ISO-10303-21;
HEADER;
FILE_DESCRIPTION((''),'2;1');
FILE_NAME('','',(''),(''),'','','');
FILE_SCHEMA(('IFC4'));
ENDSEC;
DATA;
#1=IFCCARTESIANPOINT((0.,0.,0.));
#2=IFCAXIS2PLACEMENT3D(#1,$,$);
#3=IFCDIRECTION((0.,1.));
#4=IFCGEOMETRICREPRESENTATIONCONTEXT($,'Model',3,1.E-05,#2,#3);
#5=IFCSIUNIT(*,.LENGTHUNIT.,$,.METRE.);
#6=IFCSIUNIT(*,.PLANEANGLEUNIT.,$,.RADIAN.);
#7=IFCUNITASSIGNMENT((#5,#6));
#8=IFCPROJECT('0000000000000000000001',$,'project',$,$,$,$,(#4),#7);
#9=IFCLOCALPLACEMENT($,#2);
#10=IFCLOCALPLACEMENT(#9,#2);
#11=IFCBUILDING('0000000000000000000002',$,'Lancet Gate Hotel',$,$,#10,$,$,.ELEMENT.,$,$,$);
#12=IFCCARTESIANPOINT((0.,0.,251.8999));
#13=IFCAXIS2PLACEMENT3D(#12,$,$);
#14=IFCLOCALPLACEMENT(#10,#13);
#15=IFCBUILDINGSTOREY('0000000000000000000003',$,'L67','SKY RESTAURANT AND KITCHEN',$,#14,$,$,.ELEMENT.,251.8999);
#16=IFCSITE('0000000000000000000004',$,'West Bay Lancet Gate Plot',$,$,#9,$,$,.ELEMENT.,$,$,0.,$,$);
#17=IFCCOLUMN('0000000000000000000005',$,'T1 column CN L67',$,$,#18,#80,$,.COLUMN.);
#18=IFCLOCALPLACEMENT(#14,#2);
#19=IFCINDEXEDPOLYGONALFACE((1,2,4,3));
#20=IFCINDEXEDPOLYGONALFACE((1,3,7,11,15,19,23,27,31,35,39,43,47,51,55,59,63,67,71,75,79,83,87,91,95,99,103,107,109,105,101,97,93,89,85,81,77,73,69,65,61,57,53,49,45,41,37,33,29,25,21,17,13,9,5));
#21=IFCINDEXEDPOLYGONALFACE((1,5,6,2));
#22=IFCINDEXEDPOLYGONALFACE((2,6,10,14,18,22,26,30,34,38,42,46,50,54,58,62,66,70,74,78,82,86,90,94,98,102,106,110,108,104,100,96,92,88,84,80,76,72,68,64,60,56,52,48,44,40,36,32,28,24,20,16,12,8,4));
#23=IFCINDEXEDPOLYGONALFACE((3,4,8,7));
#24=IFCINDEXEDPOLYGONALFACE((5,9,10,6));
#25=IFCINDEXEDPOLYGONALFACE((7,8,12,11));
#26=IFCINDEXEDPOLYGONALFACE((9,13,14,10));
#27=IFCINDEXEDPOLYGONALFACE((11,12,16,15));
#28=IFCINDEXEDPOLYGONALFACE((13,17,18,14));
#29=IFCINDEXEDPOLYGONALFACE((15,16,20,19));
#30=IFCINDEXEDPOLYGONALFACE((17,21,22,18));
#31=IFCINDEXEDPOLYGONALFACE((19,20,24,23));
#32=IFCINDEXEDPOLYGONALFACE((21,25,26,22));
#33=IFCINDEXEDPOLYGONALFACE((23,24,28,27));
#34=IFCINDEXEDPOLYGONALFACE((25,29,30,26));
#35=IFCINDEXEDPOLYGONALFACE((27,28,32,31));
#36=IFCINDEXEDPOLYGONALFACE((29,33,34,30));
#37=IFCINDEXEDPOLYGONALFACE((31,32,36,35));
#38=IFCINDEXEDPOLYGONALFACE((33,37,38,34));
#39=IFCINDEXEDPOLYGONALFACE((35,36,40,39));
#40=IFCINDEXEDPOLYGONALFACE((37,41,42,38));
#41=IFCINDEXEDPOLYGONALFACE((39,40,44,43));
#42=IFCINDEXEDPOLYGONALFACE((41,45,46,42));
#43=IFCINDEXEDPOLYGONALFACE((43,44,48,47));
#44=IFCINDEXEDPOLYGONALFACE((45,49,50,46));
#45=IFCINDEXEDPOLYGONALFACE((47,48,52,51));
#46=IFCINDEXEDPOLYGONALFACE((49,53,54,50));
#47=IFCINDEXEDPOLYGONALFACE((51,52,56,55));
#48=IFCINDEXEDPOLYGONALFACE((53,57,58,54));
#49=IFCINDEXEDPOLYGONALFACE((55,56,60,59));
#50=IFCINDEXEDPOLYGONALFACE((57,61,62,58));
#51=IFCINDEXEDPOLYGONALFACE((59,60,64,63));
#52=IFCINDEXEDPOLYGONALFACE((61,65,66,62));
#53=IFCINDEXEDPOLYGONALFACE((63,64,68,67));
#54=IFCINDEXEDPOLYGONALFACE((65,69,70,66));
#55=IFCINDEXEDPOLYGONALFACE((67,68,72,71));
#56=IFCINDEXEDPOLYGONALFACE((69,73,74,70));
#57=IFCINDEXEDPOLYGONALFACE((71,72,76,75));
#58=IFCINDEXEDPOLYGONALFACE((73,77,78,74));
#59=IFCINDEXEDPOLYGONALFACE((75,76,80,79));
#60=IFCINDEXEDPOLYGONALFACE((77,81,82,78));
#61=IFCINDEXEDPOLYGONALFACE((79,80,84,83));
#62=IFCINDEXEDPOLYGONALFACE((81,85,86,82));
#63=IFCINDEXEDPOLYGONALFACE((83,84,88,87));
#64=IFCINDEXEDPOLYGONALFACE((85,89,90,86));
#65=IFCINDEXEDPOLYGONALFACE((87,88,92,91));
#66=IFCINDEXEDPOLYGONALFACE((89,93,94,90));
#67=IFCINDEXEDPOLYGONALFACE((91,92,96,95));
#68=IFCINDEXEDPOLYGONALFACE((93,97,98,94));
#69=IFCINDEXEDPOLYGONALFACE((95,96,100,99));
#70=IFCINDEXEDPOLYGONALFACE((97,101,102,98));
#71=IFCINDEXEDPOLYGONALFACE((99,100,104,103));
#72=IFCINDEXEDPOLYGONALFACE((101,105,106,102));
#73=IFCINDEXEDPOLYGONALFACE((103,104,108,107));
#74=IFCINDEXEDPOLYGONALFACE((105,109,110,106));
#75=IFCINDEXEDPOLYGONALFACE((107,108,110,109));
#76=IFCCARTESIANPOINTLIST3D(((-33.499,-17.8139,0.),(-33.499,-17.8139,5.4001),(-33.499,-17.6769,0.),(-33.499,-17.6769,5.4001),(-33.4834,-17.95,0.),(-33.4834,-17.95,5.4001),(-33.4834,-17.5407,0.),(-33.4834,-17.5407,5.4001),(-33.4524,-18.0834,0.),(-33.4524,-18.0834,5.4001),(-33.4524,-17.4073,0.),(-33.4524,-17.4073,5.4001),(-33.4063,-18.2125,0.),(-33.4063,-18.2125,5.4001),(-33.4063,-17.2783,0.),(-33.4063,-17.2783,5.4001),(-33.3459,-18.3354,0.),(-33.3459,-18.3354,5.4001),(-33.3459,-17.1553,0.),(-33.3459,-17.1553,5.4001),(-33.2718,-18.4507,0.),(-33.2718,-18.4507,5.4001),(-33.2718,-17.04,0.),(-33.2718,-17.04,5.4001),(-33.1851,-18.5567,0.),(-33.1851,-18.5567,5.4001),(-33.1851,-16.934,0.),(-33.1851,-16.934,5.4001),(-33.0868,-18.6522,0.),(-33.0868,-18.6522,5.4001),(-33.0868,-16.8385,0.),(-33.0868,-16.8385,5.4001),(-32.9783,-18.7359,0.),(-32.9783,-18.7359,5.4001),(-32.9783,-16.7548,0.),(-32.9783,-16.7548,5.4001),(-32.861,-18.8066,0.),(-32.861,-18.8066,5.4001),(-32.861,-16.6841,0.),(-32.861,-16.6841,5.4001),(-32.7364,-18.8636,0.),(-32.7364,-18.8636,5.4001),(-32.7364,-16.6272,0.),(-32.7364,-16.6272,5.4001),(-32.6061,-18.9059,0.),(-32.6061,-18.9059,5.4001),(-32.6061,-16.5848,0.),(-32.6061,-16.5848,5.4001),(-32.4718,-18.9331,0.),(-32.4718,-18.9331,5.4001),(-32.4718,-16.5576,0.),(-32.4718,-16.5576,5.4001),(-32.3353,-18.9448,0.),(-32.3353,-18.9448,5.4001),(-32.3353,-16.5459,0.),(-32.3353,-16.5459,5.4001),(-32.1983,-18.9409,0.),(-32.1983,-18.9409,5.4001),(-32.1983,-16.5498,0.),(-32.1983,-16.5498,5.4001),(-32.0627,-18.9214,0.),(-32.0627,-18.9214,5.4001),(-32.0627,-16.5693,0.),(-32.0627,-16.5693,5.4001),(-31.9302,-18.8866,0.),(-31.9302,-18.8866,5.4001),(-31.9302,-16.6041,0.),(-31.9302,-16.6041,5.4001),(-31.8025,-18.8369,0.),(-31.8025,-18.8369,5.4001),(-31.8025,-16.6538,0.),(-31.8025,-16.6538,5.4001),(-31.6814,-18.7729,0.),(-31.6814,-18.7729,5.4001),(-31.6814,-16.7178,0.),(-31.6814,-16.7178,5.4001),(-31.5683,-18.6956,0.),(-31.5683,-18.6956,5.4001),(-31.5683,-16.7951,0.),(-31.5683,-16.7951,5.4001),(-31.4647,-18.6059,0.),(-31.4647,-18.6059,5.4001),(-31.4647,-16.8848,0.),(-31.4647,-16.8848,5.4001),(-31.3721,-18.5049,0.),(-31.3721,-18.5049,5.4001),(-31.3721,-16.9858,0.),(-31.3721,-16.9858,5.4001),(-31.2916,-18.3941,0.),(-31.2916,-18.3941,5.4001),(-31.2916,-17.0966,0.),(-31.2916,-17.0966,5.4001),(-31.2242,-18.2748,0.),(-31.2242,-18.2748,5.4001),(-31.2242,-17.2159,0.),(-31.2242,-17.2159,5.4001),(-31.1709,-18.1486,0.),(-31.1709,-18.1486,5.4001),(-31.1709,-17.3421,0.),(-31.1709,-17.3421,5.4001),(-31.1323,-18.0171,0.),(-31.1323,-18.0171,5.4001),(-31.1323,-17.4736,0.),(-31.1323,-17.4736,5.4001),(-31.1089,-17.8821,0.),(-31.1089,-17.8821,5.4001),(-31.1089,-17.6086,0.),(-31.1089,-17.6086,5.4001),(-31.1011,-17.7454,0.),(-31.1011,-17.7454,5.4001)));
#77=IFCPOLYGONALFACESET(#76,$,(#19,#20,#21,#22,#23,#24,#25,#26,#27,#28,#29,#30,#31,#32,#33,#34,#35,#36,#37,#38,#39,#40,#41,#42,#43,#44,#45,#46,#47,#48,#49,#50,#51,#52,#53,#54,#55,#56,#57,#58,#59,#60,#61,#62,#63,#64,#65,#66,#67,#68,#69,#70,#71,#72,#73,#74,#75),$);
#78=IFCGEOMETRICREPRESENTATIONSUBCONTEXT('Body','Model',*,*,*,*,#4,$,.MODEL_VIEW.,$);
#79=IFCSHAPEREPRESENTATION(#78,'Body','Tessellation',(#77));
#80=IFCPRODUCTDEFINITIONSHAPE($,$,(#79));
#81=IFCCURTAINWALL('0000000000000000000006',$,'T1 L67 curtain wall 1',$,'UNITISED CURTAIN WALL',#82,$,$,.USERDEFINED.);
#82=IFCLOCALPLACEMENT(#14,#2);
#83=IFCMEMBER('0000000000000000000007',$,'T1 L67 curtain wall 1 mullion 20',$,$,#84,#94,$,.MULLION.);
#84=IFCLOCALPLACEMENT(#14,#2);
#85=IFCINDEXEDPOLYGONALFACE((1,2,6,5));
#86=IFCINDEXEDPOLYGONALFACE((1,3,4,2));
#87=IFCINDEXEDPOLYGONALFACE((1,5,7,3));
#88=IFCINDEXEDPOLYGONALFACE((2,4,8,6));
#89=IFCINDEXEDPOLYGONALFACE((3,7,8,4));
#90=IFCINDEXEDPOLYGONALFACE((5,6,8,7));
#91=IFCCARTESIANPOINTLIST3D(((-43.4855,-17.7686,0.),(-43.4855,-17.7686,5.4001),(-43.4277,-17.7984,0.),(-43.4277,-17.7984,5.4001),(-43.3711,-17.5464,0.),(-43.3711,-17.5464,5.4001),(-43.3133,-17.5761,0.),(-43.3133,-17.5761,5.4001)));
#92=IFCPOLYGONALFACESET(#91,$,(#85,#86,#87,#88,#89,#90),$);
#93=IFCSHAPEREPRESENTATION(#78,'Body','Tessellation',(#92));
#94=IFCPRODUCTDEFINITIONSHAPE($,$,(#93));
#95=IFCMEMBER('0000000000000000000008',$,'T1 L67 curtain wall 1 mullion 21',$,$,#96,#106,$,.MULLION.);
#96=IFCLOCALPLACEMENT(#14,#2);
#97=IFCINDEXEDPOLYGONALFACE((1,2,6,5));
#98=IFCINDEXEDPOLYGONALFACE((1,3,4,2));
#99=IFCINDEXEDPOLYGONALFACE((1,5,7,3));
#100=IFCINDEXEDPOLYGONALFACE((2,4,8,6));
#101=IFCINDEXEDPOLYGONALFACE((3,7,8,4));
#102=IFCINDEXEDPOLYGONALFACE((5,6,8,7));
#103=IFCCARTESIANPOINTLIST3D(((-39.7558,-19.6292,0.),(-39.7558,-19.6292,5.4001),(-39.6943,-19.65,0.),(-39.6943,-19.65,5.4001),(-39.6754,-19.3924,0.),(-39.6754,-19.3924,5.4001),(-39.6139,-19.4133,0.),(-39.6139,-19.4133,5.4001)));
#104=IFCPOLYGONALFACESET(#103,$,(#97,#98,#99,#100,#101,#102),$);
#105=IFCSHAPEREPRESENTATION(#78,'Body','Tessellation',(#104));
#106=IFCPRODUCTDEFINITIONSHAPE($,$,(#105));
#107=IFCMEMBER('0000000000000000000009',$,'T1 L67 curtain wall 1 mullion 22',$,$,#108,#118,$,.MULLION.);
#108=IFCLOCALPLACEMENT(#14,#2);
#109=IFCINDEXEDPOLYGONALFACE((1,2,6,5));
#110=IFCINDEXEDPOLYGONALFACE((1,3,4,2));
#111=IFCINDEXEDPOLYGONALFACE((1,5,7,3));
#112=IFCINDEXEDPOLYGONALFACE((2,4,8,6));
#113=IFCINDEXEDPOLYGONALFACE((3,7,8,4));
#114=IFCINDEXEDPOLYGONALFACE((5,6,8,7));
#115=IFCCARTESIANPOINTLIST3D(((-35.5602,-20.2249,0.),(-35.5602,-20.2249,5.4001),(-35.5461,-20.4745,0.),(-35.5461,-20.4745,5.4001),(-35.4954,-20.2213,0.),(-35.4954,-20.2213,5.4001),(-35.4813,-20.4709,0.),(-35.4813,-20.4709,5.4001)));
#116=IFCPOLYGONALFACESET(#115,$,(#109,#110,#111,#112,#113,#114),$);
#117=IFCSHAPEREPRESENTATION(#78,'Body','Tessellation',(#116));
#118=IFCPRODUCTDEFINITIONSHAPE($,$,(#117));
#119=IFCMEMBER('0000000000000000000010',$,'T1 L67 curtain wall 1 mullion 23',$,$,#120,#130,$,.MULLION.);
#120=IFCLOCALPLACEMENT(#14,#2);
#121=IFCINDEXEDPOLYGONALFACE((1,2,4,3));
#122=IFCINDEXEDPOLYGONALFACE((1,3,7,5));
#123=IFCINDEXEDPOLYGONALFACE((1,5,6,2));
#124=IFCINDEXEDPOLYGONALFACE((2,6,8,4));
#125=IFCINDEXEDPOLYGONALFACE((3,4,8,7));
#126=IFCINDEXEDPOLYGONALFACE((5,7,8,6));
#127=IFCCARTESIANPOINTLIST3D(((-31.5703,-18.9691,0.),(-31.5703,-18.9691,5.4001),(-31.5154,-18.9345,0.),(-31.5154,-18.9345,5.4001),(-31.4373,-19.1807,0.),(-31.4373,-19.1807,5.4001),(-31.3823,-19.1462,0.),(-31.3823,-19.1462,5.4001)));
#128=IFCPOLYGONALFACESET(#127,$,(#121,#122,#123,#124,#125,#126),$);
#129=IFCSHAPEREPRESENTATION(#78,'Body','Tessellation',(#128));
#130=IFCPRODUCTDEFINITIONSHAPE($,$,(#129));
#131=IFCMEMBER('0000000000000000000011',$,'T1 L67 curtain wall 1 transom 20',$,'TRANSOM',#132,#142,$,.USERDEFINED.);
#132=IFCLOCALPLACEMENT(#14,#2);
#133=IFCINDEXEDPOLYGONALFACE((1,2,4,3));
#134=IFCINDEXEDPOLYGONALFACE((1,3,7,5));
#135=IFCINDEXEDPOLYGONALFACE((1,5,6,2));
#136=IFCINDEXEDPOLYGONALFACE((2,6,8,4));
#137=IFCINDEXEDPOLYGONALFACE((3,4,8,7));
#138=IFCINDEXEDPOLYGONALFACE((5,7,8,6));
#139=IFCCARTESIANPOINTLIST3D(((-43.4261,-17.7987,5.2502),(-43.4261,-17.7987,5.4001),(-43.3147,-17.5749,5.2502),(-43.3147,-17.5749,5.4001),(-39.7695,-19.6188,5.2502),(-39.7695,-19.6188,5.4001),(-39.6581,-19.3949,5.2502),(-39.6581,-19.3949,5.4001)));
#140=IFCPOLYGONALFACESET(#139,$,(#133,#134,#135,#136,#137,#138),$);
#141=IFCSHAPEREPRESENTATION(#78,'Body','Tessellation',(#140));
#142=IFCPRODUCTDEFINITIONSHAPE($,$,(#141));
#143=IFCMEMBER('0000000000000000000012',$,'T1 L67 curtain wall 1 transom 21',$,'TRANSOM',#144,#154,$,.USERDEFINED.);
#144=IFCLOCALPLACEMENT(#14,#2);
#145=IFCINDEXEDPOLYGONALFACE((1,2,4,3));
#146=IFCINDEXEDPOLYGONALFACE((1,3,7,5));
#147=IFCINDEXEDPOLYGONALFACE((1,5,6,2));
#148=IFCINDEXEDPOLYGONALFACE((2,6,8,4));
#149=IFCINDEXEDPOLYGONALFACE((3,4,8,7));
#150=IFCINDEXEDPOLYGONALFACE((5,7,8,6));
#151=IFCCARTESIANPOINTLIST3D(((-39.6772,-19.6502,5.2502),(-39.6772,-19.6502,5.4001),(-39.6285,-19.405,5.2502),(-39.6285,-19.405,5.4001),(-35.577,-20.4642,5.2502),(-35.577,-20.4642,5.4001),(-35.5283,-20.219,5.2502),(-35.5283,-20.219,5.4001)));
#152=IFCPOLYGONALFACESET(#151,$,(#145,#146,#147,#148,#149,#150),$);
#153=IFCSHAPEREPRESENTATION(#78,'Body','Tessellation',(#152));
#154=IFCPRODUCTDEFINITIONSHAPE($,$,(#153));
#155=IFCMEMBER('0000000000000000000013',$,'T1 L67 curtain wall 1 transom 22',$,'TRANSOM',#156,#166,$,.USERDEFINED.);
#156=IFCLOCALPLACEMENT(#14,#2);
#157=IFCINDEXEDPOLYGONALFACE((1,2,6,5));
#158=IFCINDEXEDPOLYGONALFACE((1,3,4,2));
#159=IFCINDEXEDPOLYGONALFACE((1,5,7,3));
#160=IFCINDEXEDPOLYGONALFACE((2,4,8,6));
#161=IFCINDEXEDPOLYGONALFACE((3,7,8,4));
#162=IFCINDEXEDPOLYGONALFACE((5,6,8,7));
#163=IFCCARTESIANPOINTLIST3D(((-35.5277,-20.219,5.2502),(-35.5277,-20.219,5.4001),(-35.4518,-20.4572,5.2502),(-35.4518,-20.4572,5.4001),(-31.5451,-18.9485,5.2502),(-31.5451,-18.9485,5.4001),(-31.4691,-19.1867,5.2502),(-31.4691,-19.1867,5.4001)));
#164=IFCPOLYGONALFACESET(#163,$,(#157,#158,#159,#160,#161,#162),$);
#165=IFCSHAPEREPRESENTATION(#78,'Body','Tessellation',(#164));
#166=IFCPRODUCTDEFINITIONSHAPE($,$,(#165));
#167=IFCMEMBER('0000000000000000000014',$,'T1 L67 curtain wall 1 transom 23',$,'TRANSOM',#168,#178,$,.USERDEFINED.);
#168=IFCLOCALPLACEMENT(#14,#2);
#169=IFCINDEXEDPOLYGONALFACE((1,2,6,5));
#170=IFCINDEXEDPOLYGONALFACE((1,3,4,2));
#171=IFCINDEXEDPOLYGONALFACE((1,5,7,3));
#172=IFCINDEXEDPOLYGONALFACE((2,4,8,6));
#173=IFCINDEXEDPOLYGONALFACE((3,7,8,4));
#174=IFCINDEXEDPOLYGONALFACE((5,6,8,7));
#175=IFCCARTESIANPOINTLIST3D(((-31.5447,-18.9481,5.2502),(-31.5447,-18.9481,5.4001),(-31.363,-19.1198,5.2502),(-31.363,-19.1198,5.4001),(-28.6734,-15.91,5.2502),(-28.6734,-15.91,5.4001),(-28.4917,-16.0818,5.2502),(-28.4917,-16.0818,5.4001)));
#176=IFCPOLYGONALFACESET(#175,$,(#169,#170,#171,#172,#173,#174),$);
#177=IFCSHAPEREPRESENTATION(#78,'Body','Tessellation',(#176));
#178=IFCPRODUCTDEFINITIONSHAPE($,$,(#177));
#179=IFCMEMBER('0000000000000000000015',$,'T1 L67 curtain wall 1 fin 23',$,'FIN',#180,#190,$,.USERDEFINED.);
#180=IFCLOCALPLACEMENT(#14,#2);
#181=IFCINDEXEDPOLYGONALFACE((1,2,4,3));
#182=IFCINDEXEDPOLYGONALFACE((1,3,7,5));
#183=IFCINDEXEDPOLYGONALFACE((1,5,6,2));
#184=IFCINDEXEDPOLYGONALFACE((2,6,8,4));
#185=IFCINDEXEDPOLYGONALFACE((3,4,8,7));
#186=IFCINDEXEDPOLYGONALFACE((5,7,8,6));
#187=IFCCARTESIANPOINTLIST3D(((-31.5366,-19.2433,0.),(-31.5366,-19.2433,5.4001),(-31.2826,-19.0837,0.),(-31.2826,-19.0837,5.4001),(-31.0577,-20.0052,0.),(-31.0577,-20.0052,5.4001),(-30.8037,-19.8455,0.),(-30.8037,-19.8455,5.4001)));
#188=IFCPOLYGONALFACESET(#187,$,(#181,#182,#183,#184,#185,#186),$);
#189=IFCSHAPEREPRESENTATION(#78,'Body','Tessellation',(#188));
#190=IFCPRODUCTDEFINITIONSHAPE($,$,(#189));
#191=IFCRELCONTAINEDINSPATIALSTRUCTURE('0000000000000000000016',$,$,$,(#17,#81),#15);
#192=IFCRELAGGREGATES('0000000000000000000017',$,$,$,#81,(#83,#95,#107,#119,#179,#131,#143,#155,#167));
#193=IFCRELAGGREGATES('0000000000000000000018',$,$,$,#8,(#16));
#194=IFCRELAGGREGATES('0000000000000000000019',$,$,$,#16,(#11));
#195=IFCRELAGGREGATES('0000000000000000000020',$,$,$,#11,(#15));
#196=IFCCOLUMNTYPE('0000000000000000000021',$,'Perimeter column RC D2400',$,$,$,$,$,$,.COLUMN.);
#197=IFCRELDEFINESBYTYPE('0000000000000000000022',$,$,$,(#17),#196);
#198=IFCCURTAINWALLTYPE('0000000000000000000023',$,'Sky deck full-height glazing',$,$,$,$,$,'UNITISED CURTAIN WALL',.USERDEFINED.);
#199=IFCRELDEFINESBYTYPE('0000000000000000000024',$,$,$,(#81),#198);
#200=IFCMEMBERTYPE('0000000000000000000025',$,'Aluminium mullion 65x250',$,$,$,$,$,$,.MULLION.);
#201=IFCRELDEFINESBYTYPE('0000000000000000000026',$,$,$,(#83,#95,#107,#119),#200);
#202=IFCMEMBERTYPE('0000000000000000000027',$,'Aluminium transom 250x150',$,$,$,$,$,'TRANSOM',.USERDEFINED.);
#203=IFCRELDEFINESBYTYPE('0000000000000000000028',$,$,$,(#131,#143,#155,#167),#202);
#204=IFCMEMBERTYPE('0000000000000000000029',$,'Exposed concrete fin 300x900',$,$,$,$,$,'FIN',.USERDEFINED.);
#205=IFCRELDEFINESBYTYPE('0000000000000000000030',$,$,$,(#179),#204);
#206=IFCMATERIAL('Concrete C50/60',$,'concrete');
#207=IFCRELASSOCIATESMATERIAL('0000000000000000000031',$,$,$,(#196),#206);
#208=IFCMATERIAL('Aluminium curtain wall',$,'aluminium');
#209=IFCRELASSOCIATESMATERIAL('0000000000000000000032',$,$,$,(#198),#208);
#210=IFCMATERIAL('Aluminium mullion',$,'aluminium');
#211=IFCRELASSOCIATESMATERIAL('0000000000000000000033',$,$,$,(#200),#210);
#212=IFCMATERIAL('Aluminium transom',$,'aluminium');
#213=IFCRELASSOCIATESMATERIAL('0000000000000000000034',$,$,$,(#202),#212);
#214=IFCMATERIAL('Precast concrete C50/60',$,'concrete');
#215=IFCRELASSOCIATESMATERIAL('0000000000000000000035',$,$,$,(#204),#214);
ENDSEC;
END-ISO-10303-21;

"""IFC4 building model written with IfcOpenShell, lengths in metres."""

from ifc_helpers import new_model, si_unit, direction, frame, origin, origin_2d, place, context, subcontext, project, spatial, rectangle, circle, extrude, material, material_profile, profile_set, type_object, element, aggregate, save


model = new_model("IFC4")

# Units and contexts
model_context = context("Model", 3, precision=1e-05, world=origin(), true_north=direction((0.0, 1.0)))
body_context = subcontext(model_context, "Body", "Model", "MODEL_VIEW")
ifc_project = project(units=[si_unit("LENGTHUNIT", "METRE"), si_unit("PLANEANGLEUNIT", "RADIAN")], contexts=[model_context])

# Site, building, storey
site_placement = place(None, origin())
site = spatial("IfcSite", under=ifc_project, at=site_placement, Name="West Bay Lancet Gate Plot", CompositionType="ELEMENT", RefElevation=0.0)
building_placement = place(site_placement, origin())
building = spatial("IfcBuilding", under=site, at=building_placement, Name="Lancet Gate Hotel", CompositionType="ELEMENT")
storey_placement = place(building_placement, frame((0.0, 0.0, 251.8999)))
storey = spatial("IfcBuildingStorey", under=building, at=storey_placement, Name="L67", Description="SKY RESTAURANT AND KITCHEN", CompositionType="ELEMENT", Elevation=251.8999)

# Column
ifc_material_1 = material(Name="Concrete C50/60", Category="concrete")
ifc_material_profile_1 = material_profile(ifc_material_1, circle(Radius=1.2, at=origin_2d()), Name="RC D2400")
ifc_profile_set_1 = profile_set([ifc_material_profile_1], Name="Concrete C50/60")
column_type = type_object("IfcColumnType", Name="Perimeter column RC D2400", PredefinedType="COLUMN", material=ifc_profile_set_1)
column_placement = place(storey_placement, frame((-32.301, -17.7454, 0.0), z_axis=(0.0, 0.0, 1.0), x_axis=(1.0, 0.0, 0.0)))
element("IfcColumn", 1, at=column_placement, inside=storey, type_object=column_type, Name="T1 column CN L67", PredefinedType="COLUMN", context=body_context, shape_type="SweptSolid", body=[
    extrude(circle(Radius=1.2, at=origin_2d()), origin(), (0.0, 0.0, 1.0), 5.4001),
])

# Curtain wall, members
ifc_material_2 = material(Name="Aluminium curtain wall", Category="aluminium")
curtain_wall_type = type_object("IfcCurtainWallType", Name="Sky deck full-height glazing", ElementType="UNITISED CURTAIN WALL", PredefinedType="USERDEFINED", material=ifc_material_2)
curtain_wall_placement = place(storey_placement, origin())
curtain_wall = element("IfcCurtainWall", 2, at=curtain_wall_placement, inside=storey, type_object=curtain_wall_type, Name="T1 L67 curtain wall 1", ObjectType="UNITISED CURTAIN WALL", PredefinedType="USERDEFINED")
ifc_material_3 = material(Name="Aluminium mullion", Category="aluminium")
ifc_material_profile_2 = material_profile(ifc_material_3, rectangle(XDim=0.0649, YDim=0.25, at=origin_2d()), Name="MULLION 65x250")
ifc_profile_set_2 = profile_set([ifc_material_profile_2], Name="Aluminium mullion")
member_type_1 = type_object("IfcMemberType", Name="Aluminium mullion 65x250", PredefinedType="MULLION", material=ifc_profile_set_2)
member_1_placement = place(storey_placement, frame((-43.3994, -17.6724, 0.0), z_axis=(0.0, 0.0, 1.0), x_axis=(0.889156, -0.457605, 0.0)))
member_1 = element("IfcMember", 3, at=member_1_placement, type_object=member_type_1, Name="T1 L67 curtain wall 1 mullion 20", PredefinedType="MULLION", context=body_context, shape_type="SweptSolid", body=[
    extrude(rectangle(XDim=0.0649, YDim=0.25, at=origin_2d()), origin(), (0.0, 0.0, 1.0), 5.4001),
])
member_2_placement = place(storey_placement, frame((-39.6848, -19.5212, 0.0), z_axis=(0.0, 0.0, 1.0), x_axis=(0.946888, -0.321564, 0.0)))
member_2 = element("IfcMember", 4, at=member_2_placement, type_object=member_type_1, Name="T1 L67 curtain wall 1 mullion 21", PredefinedType="MULLION", context=body_context, shape_type="SweptSolid", body=[
    extrude(rectangle(XDim=0.0649, YDim=0.25, at=origin_2d()), origin(), (0.0, 0.0, 1.0), 5.4001),
])
member_3_placement = place(storey_placement, frame((-35.5208, -20.3479, 0.0), z_axis=(0.0, 0.0, 1.0), x_axis=(0.998409, 0.056384, 0.0)))
member_3 = element("IfcMember", 5, at=member_3_placement, type_object=member_type_1, Name="T1 L67 curtain wall 1 mullion 22", PredefinedType="MULLION", context=body_context, shape_type="SweptSolid", body=[
    extrude(rectangle(XDim=0.0649, YDim=0.25, at=origin_2d()), origin(), (0.0, 0.0, 1.0), 5.4001),
])
member_4_placement = place(storey_placement, frame((-31.4763, -19.0576, 0.0), z_axis=(0.0, 0.0, 1.0), x_axis=(0.846613, 0.532209, 0.0)))
member_4 = element("IfcMember", 6, at=member_4_placement, type_object=member_type_1, Name="T1 L67 curtain wall 1 mullion 23", PredefinedType="MULLION", context=body_context, shape_type="SweptSolid", body=[
    extrude(rectangle(XDim=0.0649, YDim=0.25, at=origin_2d()), origin(), (0.0, 0.0, 1.0), 5.4001),
])
ifc_material_4 = material(Name="Aluminium transom", Category="aluminium")
ifc_material_profile_3 = material_profile(ifc_material_4, rectangle(XDim=0.25, YDim=0.1499, at=origin_2d()), Name="TRANSOM 250x150")
ifc_profile_set_3 = profile_set([ifc_material_profile_3], Name="Aluminium transom")
member_type_2 = type_object("IfcMemberType", Name="Aluminium transom 250x150", ElementType="TRANSOM", PredefinedType="USERDEFINED", material=ifc_profile_set_3)
member_5_placement = place(storey_placement, frame((-43.3704, -17.6868, 5.3252), z_axis=(0.895227, -0.445611, 0.0), x_axis=(0.445611, 0.895227, 0.0)))
member_5 = element("IfcMember", 7, at=member_5_placement, type_object=member_type_2, Name="T1 L67 curtain wall 1 transom 20", ObjectType="TRANSOM", PredefinedType="USERDEFINED", context=body_context, shape_type="SweptSolid", body=[
    extrude(rectangle(XDim=0.25, YDim=0.1499, at=origin_2d()), origin(), (0.0, 0.0, 1.0), 4.0845),
])
member_6_placement = place(storey_placement, frame((-39.6528, -19.5276, 5.3252), z_axis=(0.980858, -0.194723, 0.0), x_axis=(0.194723, 0.980858, 0.0)))
member_6 = element("IfcMember", 8, at=member_6_placement, type_object=member_type_2, Name="T1 L67 curtain wall 1 transom 21", ObjectType="TRANSOM", PredefinedType="USERDEFINED", context=body_context, shape_type="SweptSolid", body=[
    extrude(rectangle(XDim=0.25, YDim=0.1499, at=origin_2d()), origin(), (0.0, 0.0, 1.0), 4.1802),
])
member_7_placement = place(storey_placement, frame((-35.4897, -20.3381, 5.3252), z_axis=(0.952698, 0.30392, 0.0), x_axis=(-0.30392, 0.952698, 0.0)))
member_7 = element("IfcMember", 9, at=member_7_placement, type_object=member_type_2, Name="T1 L67 curtain wall 1 transom 22", ObjectType="TRANSOM", PredefinedType="USERDEFINED", context=body_context, shape_type="SweptSolid", body=[
    extrude(rectangle(XDim=0.25, YDim=0.1499, at=origin_2d()), origin(), (0.0, 0.0, 1.0), 4.1804),
])
member_8_placement = place(storey_placement, frame((-31.4539, -19.0339, 5.3252), z_axis=(0.686881, 0.72677, 0.0), x_axis=(-0.72677, 0.686881, 0.0)))
member_8 = element("IfcMember", 10, at=member_8_placement, type_object=member_type_2, Name="T1 L67 curtain wall 1 transom 23", ObjectType="TRANSOM", PredefinedType="USERDEFINED", context=body_context, shape_type="SweptSolid", body=[
    extrude(rectangle(XDim=0.25, YDim=0.1499, at=origin_2d()), origin(), (0.0, 0.0, 1.0), 4.1802),
])
ifc_material_5 = material(Name="Precast concrete C50/60", Category="concrete")
ifc_material_profile_4 = material_profile(ifc_material_5, rectangle(XDim=0.3, YDim=0.8999, at=origin_2d()), Name="FIN 300x900")
ifc_profile_set_4 = profile_set([ifc_material_profile_4], Name="Precast concrete C50/60")
member_type_3 = type_object("IfcMemberType", Name="Exposed concrete fin 300x900", ElementType="FIN", PredefinedType="USERDEFINED", material=ifc_profile_set_4)
member_9_placement = place(storey_placement, frame((-31.1702, -19.5444, 0.0), z_axis=(0.0, 0.0, 1.0), x_axis=(0.846613, 0.532209, 0.0)))
member_9 = element("IfcMember", 11, at=member_9_placement, type_object=member_type_3, Name="T1 L67 curtain wall 1 fin 23", ObjectType="FIN", PredefinedType="USERDEFINED", context=body_context, shape_type="SweptSolid", body=[
    extrude(rectangle(XDim=0.3, YDim=0.8999, at=origin_2d()), origin(), (0.0, 0.0, 1.0), 5.4001),
])

aggregate(curtain_wall, [member_1, member_2, member_3, member_4, member_9, member_5, member_6, member_7, member_8])

save(model, "model.ifc")
